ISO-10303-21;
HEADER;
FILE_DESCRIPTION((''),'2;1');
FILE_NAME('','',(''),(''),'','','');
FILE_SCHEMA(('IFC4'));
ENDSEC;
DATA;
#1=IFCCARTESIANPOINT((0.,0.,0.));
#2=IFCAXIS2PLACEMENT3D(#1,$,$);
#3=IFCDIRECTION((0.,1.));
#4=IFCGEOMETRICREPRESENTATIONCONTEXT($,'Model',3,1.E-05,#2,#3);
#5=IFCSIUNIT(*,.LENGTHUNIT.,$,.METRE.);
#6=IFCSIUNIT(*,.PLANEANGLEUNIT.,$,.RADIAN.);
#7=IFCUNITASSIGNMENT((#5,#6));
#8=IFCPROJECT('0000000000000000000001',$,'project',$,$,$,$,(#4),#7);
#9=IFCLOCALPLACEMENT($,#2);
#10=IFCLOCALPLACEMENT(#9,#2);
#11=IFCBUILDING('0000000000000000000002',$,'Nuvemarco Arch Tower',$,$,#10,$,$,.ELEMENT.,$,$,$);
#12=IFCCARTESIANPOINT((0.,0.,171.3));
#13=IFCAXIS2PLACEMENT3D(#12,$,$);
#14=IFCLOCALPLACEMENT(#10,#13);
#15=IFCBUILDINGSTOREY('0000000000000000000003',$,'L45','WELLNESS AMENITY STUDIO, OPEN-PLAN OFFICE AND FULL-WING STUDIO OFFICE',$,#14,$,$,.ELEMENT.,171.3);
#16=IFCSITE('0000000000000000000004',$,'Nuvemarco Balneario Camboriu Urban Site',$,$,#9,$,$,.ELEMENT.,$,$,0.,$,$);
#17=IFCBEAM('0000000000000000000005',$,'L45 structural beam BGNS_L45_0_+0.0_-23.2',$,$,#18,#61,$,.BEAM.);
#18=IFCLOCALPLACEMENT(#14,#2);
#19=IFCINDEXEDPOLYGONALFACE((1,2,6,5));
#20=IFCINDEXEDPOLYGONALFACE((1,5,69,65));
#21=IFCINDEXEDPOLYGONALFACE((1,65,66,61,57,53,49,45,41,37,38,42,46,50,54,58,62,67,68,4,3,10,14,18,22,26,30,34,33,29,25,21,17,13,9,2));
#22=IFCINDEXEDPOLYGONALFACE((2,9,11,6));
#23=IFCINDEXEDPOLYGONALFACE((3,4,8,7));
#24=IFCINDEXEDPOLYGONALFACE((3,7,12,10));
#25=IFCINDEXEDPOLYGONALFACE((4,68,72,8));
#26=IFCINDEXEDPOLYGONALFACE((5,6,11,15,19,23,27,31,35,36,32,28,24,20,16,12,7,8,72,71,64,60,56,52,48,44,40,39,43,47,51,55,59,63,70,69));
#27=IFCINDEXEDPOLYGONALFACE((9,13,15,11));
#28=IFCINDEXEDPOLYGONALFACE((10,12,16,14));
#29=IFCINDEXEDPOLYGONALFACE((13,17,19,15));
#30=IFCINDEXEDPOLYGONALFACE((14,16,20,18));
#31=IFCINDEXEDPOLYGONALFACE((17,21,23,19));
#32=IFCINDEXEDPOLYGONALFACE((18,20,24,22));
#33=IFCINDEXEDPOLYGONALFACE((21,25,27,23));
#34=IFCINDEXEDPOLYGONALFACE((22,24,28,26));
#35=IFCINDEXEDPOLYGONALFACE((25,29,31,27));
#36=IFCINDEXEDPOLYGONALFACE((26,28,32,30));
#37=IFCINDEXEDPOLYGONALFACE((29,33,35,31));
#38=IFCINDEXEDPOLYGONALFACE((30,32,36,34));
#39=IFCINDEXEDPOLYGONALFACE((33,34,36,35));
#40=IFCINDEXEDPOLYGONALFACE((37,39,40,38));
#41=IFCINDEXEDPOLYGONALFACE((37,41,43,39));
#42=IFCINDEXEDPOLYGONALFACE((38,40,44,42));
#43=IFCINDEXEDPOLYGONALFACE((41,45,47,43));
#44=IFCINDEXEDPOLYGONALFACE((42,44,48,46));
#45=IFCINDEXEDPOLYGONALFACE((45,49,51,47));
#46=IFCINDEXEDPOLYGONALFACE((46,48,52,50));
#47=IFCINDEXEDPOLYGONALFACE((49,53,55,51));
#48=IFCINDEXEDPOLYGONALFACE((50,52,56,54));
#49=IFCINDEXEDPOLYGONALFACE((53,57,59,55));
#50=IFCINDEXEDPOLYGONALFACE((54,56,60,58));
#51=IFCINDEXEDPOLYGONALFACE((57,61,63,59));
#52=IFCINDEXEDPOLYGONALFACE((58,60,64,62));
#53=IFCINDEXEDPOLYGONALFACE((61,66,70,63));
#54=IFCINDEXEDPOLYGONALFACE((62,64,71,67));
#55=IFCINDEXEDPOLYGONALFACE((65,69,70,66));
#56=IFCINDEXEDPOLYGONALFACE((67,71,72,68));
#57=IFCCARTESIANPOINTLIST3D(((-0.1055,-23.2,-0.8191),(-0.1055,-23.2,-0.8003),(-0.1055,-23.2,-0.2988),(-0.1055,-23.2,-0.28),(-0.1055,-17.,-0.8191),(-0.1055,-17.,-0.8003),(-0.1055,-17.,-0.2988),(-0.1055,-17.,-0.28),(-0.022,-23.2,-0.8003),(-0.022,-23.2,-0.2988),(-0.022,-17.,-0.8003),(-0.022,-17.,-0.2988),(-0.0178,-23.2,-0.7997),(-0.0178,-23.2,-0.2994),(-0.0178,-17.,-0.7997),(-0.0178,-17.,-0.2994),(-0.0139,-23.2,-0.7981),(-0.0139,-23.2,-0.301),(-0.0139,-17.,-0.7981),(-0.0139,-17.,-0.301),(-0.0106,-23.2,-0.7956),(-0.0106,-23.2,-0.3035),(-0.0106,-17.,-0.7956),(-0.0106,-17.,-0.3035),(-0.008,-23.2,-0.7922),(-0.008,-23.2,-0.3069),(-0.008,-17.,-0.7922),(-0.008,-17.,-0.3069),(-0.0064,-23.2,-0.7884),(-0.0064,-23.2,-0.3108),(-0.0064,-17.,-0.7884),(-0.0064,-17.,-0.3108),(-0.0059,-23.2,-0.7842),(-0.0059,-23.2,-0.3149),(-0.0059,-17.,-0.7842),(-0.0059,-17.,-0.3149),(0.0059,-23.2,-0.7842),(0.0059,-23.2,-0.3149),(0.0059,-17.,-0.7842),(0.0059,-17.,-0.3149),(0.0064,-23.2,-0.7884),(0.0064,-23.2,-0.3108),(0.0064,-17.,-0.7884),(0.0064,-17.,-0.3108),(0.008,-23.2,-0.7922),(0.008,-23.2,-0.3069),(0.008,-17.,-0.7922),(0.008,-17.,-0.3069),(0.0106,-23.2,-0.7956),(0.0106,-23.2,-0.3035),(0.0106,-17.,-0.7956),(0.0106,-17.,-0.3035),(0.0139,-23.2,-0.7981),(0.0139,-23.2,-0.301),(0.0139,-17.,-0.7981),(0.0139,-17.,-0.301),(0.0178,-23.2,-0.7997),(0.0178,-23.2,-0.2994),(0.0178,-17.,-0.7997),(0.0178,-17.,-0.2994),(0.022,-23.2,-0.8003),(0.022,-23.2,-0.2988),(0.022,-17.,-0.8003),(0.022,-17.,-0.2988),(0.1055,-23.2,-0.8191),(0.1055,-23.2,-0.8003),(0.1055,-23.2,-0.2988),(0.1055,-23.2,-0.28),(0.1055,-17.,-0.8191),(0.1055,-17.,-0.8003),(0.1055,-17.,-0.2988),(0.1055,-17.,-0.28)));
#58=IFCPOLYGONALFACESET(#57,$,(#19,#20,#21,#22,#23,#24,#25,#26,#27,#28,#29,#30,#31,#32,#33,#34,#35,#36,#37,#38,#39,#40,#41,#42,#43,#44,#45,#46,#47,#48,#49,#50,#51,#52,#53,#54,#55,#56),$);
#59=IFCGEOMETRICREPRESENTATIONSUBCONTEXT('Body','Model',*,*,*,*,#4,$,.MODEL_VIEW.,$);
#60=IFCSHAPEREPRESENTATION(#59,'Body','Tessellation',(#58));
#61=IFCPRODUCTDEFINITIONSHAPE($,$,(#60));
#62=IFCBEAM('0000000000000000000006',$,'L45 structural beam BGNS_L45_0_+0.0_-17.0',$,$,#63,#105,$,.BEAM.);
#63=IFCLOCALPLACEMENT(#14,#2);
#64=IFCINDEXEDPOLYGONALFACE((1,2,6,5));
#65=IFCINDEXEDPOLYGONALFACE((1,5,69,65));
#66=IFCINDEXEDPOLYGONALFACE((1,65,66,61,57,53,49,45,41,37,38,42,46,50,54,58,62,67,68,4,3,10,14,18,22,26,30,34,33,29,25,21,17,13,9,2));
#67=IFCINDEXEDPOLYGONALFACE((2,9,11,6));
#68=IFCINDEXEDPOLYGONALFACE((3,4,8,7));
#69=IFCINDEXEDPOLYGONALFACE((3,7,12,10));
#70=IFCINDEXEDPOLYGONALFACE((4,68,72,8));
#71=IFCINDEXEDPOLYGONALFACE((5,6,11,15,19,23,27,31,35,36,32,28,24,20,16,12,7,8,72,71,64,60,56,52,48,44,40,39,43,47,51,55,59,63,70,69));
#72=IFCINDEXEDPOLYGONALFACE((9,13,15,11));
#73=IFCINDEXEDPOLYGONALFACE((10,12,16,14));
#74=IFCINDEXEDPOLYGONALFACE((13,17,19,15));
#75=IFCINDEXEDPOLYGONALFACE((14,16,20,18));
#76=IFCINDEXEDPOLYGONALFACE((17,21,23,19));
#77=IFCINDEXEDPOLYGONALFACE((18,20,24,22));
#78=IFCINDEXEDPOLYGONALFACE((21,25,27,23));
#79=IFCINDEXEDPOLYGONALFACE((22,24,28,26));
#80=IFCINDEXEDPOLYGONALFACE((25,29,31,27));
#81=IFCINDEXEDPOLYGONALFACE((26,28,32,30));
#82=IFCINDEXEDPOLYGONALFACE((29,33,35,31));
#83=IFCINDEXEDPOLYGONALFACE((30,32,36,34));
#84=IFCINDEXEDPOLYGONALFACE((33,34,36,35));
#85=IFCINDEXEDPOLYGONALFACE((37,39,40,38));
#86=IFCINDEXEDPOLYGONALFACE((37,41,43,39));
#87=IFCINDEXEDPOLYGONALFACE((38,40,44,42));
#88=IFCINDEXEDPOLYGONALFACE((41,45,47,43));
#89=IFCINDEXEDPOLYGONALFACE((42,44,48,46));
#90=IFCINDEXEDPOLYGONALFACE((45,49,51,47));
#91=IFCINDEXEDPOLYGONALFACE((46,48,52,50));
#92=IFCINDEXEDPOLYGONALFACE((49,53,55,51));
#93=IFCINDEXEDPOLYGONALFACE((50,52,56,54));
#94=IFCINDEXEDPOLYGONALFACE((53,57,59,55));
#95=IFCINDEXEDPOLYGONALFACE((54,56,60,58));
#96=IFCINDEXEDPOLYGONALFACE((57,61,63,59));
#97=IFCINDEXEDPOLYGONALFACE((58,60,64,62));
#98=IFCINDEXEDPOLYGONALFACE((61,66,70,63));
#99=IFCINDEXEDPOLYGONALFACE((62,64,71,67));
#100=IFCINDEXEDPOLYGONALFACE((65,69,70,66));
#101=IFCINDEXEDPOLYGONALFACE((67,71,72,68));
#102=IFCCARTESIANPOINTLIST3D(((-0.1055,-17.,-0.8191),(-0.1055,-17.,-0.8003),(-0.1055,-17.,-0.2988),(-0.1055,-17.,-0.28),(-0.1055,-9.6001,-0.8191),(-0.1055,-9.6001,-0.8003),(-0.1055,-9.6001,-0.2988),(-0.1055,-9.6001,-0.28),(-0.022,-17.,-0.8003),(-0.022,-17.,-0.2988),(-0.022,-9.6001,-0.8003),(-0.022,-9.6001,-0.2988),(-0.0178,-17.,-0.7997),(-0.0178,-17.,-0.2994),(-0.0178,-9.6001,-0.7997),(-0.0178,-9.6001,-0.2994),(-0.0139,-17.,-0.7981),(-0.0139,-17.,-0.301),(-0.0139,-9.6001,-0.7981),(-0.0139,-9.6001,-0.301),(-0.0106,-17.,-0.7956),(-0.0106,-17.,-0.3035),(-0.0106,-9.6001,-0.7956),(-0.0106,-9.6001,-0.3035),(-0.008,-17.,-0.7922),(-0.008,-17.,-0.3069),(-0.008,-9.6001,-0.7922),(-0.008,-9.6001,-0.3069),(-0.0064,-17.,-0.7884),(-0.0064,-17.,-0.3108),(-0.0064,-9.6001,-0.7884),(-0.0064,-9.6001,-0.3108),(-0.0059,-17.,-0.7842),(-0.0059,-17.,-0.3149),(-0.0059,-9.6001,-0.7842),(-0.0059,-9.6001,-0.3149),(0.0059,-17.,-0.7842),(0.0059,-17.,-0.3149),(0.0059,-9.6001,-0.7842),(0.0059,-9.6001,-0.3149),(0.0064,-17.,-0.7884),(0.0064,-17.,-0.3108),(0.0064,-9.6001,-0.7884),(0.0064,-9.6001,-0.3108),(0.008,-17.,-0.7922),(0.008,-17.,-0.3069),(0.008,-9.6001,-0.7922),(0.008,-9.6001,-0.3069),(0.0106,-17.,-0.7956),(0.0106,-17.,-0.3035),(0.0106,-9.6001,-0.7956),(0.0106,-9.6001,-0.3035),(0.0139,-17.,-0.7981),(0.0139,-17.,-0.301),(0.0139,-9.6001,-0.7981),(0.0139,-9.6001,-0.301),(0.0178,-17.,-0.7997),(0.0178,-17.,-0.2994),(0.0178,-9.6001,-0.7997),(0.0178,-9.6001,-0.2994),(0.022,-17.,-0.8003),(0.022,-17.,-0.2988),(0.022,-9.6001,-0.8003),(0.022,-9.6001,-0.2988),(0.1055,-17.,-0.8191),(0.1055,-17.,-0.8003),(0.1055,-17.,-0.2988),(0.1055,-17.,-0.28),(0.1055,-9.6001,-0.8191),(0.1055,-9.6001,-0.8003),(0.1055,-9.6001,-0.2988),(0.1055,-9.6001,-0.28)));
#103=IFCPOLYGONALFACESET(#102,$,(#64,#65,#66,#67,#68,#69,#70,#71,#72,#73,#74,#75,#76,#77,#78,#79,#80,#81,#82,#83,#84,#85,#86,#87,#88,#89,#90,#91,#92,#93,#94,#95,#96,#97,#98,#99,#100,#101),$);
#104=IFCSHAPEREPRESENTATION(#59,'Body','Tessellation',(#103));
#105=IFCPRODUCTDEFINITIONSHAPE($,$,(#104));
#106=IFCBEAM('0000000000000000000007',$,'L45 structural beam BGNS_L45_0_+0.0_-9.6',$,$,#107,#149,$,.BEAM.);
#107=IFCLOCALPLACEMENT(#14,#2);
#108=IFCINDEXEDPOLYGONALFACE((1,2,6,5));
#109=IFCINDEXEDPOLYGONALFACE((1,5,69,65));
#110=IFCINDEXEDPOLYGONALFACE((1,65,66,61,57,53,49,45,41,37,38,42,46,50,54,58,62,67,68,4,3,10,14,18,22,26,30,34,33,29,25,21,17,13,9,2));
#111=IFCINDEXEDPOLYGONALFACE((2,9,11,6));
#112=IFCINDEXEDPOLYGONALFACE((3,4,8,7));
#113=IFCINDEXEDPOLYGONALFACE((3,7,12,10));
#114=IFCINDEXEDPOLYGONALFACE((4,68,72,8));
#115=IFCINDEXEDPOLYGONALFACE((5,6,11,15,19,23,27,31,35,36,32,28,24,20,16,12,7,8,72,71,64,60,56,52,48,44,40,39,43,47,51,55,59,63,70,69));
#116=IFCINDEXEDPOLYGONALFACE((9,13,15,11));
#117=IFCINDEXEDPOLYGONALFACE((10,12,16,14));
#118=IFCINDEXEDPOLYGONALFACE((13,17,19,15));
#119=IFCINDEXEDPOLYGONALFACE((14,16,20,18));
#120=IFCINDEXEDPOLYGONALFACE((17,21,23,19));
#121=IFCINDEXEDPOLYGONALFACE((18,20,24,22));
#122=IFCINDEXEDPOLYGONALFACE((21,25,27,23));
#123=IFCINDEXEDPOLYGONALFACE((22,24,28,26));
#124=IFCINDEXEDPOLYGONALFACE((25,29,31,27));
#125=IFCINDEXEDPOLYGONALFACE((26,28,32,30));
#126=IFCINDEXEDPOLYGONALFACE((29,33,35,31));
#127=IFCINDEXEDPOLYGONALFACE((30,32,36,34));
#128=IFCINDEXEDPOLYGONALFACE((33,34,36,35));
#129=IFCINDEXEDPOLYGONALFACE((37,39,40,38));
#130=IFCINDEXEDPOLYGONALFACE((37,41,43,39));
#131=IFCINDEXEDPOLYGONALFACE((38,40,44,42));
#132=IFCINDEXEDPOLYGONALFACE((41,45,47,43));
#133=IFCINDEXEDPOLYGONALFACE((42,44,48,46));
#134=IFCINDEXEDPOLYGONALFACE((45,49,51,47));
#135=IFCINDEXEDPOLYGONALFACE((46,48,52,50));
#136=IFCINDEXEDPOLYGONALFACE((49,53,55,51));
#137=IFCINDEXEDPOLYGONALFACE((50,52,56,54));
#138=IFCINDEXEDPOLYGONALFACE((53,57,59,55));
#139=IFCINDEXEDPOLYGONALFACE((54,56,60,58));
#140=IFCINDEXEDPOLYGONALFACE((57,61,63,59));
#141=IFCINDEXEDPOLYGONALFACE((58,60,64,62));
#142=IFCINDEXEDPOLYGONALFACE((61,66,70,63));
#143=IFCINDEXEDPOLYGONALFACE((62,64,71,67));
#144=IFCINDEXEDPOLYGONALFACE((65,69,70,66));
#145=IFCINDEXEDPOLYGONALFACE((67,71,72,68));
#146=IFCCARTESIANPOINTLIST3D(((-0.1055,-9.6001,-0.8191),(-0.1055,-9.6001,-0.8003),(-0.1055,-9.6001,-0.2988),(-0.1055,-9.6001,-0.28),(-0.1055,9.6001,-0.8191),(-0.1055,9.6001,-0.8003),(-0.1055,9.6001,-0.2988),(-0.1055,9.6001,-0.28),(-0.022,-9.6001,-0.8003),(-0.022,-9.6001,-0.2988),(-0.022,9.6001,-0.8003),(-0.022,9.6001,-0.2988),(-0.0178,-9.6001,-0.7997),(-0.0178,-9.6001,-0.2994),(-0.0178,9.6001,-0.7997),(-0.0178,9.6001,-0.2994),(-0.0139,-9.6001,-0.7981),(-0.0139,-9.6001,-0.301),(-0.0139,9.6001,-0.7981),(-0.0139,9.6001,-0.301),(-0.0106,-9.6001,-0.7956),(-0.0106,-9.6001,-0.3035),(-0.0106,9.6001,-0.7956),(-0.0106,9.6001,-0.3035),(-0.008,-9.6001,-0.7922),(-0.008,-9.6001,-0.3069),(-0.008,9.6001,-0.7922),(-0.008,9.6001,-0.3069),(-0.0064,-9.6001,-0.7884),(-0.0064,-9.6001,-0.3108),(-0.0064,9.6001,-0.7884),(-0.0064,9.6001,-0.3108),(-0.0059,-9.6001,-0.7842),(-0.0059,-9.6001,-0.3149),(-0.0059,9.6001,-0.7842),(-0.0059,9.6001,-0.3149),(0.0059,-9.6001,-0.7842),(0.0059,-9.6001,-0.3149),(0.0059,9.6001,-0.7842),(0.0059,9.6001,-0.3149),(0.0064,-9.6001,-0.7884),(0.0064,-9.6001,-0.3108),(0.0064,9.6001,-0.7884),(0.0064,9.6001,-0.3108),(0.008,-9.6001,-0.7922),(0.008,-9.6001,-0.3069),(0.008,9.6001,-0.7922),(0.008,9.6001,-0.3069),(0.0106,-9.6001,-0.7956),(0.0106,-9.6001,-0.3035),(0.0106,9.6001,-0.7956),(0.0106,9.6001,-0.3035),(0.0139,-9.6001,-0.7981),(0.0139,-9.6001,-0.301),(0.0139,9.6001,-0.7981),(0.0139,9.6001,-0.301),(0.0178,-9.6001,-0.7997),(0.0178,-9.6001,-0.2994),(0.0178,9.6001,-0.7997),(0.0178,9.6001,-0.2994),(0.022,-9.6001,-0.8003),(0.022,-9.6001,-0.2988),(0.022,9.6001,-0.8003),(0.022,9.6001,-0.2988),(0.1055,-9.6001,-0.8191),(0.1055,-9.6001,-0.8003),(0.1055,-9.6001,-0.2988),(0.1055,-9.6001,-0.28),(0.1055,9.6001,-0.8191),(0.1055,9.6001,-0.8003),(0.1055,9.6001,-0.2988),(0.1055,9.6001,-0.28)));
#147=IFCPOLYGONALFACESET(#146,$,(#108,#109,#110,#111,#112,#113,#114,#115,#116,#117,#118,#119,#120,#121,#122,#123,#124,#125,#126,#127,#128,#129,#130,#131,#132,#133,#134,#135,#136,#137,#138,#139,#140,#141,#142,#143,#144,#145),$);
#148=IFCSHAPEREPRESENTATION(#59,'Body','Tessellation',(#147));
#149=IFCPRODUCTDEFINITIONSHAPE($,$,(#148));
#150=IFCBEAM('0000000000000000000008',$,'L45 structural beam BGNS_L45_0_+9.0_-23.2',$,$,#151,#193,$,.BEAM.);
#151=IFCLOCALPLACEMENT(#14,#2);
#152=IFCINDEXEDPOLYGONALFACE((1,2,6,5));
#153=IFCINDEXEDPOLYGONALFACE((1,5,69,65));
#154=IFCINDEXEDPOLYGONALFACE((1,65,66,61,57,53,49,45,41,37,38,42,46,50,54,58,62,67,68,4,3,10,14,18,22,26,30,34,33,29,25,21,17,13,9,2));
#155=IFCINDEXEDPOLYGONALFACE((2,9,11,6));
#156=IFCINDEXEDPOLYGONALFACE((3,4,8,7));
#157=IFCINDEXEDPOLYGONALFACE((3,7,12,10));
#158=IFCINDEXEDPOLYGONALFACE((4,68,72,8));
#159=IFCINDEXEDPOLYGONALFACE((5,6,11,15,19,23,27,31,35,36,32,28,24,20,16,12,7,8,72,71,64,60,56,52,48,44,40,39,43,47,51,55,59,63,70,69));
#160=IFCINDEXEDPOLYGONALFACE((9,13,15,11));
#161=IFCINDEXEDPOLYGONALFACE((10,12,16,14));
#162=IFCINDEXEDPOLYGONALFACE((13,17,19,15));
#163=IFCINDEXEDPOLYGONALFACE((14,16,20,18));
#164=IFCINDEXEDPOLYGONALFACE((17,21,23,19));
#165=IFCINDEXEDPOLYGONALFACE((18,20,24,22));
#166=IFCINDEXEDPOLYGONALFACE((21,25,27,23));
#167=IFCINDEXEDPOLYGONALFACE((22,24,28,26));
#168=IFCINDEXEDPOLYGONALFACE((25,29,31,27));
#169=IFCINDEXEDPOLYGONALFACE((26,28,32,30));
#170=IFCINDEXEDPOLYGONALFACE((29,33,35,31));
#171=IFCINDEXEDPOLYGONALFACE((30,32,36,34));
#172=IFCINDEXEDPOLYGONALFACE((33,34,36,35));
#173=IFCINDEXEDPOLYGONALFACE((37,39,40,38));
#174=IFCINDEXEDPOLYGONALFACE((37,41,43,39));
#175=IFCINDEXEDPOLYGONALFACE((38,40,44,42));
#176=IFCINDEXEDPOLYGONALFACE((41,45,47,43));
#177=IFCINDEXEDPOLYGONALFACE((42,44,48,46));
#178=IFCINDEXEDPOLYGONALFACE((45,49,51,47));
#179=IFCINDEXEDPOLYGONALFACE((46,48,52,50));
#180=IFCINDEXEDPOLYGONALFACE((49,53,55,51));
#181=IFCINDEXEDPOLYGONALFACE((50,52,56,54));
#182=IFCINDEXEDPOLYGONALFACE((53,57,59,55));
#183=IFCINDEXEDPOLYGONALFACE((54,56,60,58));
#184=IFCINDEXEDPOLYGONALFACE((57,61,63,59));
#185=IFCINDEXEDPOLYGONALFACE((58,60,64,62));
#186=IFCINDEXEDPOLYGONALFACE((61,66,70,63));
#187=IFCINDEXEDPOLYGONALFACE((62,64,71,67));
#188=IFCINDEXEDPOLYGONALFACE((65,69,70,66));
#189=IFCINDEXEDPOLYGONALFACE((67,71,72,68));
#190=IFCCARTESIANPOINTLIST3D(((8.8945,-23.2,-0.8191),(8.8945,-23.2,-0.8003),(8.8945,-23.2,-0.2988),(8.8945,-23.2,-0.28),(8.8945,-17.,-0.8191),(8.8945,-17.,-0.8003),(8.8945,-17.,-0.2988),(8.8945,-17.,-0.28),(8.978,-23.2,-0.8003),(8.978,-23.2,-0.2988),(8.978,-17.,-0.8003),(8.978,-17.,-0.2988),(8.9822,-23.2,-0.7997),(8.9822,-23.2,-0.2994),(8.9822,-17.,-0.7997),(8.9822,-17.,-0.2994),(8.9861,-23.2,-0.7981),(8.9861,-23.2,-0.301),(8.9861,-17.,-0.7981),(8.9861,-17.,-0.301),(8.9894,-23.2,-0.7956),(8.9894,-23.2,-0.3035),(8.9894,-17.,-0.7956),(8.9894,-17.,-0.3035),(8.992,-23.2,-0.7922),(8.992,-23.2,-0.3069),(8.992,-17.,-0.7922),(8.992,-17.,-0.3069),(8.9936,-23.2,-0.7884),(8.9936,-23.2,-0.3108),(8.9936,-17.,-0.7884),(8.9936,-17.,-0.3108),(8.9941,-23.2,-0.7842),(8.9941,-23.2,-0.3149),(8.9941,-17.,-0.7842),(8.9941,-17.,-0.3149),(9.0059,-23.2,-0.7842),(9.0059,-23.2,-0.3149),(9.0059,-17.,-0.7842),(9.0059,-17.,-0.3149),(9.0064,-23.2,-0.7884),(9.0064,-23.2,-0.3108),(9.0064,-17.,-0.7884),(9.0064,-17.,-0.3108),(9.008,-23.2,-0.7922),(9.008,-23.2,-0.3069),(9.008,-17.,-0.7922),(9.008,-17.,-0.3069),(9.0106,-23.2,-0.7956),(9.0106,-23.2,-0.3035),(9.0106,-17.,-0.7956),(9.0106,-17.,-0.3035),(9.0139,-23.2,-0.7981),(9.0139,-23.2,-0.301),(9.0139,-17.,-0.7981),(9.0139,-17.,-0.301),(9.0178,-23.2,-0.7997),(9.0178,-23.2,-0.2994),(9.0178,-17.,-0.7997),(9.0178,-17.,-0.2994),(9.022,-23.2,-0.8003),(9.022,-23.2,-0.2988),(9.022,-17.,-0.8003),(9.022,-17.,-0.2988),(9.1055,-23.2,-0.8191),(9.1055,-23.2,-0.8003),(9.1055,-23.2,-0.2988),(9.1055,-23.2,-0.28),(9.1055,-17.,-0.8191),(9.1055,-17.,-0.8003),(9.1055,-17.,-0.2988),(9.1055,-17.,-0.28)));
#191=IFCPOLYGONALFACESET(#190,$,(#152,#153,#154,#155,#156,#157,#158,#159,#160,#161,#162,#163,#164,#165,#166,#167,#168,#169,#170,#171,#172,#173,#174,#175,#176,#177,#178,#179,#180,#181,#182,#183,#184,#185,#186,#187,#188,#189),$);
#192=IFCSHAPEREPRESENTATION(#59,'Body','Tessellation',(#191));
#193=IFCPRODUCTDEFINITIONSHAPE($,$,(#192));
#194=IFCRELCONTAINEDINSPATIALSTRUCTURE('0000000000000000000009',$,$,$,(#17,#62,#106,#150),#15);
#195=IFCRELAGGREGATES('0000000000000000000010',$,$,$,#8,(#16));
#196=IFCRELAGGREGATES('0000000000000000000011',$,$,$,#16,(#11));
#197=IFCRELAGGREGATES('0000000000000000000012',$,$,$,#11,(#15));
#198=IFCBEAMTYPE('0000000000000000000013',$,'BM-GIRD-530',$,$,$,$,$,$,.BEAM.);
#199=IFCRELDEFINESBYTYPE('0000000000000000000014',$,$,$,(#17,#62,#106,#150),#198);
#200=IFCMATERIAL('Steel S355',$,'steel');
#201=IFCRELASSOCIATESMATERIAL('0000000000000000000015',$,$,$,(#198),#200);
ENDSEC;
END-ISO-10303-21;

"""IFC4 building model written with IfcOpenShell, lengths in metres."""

from ifc_helpers import new_model, si_unit, direction, frame, origin, origin_2d, place, context, subcontext, project, spatial, i_section, extrude, material, material_profile, profile_set, type_object, element, save


model = new_model("IFC4")

# Units and contexts
model_context = context("Model", 3, precision=1e-05, world=origin(), true_north=direction((0.0, 1.0)))
body_context = subcontext(model_context, "Body", "Model", "MODEL_VIEW")
ifc_project = project(units=[si_unit("LENGTHUNIT", "METRE"), si_unit("PLANEANGLEUNIT", "RADIAN")], contexts=[model_context])

# Site, building, storey
site_placement = place(None, origin())
site = spatial("IfcSite", under=ifc_project, at=site_placement, Name="Nuvemarco Balneario Camboriu Urban Site", CompositionType="ELEMENT", RefElevation=0.0)
building_placement = place(site_placement, origin())
building = spatial("IfcBuilding", under=site, at=building_placement, Name="Nuvemarco Arch Tower", CompositionType="ELEMENT")
storey_placement = place(building_placement, frame((0.0, 0.0, 171.3)))
storey = spatial("IfcBuildingStorey", under=building, at=storey_placement, Name="L45", Description="WELLNESS AMENITY STUDIO, OPEN-PLAN OFFICE AND FULL-WING STUDIO OFFICE", CompositionType="ELEMENT", Elevation=171.3)

# Shared definitions
ifc_material_1 = material(Name="Steel S355", Category="steel")

# Beams
ifc_material_profile_1 = material_profile(ifc_material_1, i_section(OverallWidth=0.2109, OverallDepth=0.5391, WebThickness=0.0117, FlangeThickness=0.0188, FilletRadius=0.0161, at=origin_2d()), Name="W530x109")
ifc_profile_set_1 = profile_set([ifc_material_profile_1], Name="Steel S355")
beam_type_1 = type_object("IfcBeamType", Name="BM-GIRD-530", PredefinedType="BEAM", material=ifc_profile_set_1)
beam_1_placement = place(storey_placement, frame((0.0, -23.2, -0.5496), z_axis=(0.0, 1.0, 0.0), x_axis=(-1.0, 0.0, 0.0)))
element("IfcBeam", 1, at=beam_1_placement, inside=storey, type_object=beam_type_1, Name="L45 structural beam BGNS_L45_0_+0.0_-23.2", PredefinedType="BEAM", context=body_context, shape_type="SweptSolid", body=[
    extrude(i_section(OverallWidth=0.2109, OverallDepth=0.5391, WebThickness=0.0117, FlangeThickness=0.0188, FilletRadius=0.0161, at=origin_2d()), origin(), (0.0, 0.0, 1.0), 6.2),
])
beam_2_placement = place(storey_placement, frame((0.0, -17.0, -0.5496), z_axis=(0.0, 1.0, 0.0), x_axis=(-1.0, 0.0, 0.0)))
element("IfcBeam", 2, at=beam_2_placement, inside=storey, type_object=beam_type_1, Name="L45 structural beam BGNS_L45_0_+0.0_-17.0", PredefinedType="BEAM", context=body_context, shape_type="SweptSolid", body=[
    extrude(i_section(OverallWidth=0.2109, OverallDepth=0.5391, WebThickness=0.0117, FlangeThickness=0.0188, FilletRadius=0.0161, at=origin_2d()), origin(), (0.0, 0.0, 1.0), 7.3999),
])
beam_3_placement = place(storey_placement, frame((0.0, -9.6001, -0.5496), z_axis=(0.0, 1.0, 0.0), x_axis=(-1.0, 0.0, 0.0)))
element("IfcBeam", 3, at=beam_3_placement, inside=storey, type_object=beam_type_1, Name="L45 structural beam BGNS_L45_0_+0.0_-9.6", PredefinedType="BEAM", context=body_context, shape_type="SweptSolid", body=[
    extrude(i_section(OverallWidth=0.2109, OverallDepth=0.5391, WebThickness=0.0117, FlangeThickness=0.0188, FilletRadius=0.0161, at=origin_2d()), origin(), (0.0, 0.0, 1.0), 19.2002),
])
beam_4_placement = place(storey_placement, frame((9.0, -23.2, -0.5496), z_axis=(0.0, 1.0, 0.0), x_axis=(-1.0, 0.0, 0.0)))
element("IfcBeam", 4, at=beam_4_placement, inside=storey, type_object=beam_type_1, Name="L45 structural beam BGNS_L45_0_+9.0_-23.2", PredefinedType="BEAM", context=body_context, shape_type="SweptSolid", body=[
    extrude(i_section(OverallWidth=0.2109, OverallDepth=0.5391, WebThickness=0.0117, FlangeThickness=0.0188, FilletRadius=0.0161, at=origin_2d()), origin(), (0.0, 0.0, 1.0), 6.2),
])

save(model, "model.ifc")
